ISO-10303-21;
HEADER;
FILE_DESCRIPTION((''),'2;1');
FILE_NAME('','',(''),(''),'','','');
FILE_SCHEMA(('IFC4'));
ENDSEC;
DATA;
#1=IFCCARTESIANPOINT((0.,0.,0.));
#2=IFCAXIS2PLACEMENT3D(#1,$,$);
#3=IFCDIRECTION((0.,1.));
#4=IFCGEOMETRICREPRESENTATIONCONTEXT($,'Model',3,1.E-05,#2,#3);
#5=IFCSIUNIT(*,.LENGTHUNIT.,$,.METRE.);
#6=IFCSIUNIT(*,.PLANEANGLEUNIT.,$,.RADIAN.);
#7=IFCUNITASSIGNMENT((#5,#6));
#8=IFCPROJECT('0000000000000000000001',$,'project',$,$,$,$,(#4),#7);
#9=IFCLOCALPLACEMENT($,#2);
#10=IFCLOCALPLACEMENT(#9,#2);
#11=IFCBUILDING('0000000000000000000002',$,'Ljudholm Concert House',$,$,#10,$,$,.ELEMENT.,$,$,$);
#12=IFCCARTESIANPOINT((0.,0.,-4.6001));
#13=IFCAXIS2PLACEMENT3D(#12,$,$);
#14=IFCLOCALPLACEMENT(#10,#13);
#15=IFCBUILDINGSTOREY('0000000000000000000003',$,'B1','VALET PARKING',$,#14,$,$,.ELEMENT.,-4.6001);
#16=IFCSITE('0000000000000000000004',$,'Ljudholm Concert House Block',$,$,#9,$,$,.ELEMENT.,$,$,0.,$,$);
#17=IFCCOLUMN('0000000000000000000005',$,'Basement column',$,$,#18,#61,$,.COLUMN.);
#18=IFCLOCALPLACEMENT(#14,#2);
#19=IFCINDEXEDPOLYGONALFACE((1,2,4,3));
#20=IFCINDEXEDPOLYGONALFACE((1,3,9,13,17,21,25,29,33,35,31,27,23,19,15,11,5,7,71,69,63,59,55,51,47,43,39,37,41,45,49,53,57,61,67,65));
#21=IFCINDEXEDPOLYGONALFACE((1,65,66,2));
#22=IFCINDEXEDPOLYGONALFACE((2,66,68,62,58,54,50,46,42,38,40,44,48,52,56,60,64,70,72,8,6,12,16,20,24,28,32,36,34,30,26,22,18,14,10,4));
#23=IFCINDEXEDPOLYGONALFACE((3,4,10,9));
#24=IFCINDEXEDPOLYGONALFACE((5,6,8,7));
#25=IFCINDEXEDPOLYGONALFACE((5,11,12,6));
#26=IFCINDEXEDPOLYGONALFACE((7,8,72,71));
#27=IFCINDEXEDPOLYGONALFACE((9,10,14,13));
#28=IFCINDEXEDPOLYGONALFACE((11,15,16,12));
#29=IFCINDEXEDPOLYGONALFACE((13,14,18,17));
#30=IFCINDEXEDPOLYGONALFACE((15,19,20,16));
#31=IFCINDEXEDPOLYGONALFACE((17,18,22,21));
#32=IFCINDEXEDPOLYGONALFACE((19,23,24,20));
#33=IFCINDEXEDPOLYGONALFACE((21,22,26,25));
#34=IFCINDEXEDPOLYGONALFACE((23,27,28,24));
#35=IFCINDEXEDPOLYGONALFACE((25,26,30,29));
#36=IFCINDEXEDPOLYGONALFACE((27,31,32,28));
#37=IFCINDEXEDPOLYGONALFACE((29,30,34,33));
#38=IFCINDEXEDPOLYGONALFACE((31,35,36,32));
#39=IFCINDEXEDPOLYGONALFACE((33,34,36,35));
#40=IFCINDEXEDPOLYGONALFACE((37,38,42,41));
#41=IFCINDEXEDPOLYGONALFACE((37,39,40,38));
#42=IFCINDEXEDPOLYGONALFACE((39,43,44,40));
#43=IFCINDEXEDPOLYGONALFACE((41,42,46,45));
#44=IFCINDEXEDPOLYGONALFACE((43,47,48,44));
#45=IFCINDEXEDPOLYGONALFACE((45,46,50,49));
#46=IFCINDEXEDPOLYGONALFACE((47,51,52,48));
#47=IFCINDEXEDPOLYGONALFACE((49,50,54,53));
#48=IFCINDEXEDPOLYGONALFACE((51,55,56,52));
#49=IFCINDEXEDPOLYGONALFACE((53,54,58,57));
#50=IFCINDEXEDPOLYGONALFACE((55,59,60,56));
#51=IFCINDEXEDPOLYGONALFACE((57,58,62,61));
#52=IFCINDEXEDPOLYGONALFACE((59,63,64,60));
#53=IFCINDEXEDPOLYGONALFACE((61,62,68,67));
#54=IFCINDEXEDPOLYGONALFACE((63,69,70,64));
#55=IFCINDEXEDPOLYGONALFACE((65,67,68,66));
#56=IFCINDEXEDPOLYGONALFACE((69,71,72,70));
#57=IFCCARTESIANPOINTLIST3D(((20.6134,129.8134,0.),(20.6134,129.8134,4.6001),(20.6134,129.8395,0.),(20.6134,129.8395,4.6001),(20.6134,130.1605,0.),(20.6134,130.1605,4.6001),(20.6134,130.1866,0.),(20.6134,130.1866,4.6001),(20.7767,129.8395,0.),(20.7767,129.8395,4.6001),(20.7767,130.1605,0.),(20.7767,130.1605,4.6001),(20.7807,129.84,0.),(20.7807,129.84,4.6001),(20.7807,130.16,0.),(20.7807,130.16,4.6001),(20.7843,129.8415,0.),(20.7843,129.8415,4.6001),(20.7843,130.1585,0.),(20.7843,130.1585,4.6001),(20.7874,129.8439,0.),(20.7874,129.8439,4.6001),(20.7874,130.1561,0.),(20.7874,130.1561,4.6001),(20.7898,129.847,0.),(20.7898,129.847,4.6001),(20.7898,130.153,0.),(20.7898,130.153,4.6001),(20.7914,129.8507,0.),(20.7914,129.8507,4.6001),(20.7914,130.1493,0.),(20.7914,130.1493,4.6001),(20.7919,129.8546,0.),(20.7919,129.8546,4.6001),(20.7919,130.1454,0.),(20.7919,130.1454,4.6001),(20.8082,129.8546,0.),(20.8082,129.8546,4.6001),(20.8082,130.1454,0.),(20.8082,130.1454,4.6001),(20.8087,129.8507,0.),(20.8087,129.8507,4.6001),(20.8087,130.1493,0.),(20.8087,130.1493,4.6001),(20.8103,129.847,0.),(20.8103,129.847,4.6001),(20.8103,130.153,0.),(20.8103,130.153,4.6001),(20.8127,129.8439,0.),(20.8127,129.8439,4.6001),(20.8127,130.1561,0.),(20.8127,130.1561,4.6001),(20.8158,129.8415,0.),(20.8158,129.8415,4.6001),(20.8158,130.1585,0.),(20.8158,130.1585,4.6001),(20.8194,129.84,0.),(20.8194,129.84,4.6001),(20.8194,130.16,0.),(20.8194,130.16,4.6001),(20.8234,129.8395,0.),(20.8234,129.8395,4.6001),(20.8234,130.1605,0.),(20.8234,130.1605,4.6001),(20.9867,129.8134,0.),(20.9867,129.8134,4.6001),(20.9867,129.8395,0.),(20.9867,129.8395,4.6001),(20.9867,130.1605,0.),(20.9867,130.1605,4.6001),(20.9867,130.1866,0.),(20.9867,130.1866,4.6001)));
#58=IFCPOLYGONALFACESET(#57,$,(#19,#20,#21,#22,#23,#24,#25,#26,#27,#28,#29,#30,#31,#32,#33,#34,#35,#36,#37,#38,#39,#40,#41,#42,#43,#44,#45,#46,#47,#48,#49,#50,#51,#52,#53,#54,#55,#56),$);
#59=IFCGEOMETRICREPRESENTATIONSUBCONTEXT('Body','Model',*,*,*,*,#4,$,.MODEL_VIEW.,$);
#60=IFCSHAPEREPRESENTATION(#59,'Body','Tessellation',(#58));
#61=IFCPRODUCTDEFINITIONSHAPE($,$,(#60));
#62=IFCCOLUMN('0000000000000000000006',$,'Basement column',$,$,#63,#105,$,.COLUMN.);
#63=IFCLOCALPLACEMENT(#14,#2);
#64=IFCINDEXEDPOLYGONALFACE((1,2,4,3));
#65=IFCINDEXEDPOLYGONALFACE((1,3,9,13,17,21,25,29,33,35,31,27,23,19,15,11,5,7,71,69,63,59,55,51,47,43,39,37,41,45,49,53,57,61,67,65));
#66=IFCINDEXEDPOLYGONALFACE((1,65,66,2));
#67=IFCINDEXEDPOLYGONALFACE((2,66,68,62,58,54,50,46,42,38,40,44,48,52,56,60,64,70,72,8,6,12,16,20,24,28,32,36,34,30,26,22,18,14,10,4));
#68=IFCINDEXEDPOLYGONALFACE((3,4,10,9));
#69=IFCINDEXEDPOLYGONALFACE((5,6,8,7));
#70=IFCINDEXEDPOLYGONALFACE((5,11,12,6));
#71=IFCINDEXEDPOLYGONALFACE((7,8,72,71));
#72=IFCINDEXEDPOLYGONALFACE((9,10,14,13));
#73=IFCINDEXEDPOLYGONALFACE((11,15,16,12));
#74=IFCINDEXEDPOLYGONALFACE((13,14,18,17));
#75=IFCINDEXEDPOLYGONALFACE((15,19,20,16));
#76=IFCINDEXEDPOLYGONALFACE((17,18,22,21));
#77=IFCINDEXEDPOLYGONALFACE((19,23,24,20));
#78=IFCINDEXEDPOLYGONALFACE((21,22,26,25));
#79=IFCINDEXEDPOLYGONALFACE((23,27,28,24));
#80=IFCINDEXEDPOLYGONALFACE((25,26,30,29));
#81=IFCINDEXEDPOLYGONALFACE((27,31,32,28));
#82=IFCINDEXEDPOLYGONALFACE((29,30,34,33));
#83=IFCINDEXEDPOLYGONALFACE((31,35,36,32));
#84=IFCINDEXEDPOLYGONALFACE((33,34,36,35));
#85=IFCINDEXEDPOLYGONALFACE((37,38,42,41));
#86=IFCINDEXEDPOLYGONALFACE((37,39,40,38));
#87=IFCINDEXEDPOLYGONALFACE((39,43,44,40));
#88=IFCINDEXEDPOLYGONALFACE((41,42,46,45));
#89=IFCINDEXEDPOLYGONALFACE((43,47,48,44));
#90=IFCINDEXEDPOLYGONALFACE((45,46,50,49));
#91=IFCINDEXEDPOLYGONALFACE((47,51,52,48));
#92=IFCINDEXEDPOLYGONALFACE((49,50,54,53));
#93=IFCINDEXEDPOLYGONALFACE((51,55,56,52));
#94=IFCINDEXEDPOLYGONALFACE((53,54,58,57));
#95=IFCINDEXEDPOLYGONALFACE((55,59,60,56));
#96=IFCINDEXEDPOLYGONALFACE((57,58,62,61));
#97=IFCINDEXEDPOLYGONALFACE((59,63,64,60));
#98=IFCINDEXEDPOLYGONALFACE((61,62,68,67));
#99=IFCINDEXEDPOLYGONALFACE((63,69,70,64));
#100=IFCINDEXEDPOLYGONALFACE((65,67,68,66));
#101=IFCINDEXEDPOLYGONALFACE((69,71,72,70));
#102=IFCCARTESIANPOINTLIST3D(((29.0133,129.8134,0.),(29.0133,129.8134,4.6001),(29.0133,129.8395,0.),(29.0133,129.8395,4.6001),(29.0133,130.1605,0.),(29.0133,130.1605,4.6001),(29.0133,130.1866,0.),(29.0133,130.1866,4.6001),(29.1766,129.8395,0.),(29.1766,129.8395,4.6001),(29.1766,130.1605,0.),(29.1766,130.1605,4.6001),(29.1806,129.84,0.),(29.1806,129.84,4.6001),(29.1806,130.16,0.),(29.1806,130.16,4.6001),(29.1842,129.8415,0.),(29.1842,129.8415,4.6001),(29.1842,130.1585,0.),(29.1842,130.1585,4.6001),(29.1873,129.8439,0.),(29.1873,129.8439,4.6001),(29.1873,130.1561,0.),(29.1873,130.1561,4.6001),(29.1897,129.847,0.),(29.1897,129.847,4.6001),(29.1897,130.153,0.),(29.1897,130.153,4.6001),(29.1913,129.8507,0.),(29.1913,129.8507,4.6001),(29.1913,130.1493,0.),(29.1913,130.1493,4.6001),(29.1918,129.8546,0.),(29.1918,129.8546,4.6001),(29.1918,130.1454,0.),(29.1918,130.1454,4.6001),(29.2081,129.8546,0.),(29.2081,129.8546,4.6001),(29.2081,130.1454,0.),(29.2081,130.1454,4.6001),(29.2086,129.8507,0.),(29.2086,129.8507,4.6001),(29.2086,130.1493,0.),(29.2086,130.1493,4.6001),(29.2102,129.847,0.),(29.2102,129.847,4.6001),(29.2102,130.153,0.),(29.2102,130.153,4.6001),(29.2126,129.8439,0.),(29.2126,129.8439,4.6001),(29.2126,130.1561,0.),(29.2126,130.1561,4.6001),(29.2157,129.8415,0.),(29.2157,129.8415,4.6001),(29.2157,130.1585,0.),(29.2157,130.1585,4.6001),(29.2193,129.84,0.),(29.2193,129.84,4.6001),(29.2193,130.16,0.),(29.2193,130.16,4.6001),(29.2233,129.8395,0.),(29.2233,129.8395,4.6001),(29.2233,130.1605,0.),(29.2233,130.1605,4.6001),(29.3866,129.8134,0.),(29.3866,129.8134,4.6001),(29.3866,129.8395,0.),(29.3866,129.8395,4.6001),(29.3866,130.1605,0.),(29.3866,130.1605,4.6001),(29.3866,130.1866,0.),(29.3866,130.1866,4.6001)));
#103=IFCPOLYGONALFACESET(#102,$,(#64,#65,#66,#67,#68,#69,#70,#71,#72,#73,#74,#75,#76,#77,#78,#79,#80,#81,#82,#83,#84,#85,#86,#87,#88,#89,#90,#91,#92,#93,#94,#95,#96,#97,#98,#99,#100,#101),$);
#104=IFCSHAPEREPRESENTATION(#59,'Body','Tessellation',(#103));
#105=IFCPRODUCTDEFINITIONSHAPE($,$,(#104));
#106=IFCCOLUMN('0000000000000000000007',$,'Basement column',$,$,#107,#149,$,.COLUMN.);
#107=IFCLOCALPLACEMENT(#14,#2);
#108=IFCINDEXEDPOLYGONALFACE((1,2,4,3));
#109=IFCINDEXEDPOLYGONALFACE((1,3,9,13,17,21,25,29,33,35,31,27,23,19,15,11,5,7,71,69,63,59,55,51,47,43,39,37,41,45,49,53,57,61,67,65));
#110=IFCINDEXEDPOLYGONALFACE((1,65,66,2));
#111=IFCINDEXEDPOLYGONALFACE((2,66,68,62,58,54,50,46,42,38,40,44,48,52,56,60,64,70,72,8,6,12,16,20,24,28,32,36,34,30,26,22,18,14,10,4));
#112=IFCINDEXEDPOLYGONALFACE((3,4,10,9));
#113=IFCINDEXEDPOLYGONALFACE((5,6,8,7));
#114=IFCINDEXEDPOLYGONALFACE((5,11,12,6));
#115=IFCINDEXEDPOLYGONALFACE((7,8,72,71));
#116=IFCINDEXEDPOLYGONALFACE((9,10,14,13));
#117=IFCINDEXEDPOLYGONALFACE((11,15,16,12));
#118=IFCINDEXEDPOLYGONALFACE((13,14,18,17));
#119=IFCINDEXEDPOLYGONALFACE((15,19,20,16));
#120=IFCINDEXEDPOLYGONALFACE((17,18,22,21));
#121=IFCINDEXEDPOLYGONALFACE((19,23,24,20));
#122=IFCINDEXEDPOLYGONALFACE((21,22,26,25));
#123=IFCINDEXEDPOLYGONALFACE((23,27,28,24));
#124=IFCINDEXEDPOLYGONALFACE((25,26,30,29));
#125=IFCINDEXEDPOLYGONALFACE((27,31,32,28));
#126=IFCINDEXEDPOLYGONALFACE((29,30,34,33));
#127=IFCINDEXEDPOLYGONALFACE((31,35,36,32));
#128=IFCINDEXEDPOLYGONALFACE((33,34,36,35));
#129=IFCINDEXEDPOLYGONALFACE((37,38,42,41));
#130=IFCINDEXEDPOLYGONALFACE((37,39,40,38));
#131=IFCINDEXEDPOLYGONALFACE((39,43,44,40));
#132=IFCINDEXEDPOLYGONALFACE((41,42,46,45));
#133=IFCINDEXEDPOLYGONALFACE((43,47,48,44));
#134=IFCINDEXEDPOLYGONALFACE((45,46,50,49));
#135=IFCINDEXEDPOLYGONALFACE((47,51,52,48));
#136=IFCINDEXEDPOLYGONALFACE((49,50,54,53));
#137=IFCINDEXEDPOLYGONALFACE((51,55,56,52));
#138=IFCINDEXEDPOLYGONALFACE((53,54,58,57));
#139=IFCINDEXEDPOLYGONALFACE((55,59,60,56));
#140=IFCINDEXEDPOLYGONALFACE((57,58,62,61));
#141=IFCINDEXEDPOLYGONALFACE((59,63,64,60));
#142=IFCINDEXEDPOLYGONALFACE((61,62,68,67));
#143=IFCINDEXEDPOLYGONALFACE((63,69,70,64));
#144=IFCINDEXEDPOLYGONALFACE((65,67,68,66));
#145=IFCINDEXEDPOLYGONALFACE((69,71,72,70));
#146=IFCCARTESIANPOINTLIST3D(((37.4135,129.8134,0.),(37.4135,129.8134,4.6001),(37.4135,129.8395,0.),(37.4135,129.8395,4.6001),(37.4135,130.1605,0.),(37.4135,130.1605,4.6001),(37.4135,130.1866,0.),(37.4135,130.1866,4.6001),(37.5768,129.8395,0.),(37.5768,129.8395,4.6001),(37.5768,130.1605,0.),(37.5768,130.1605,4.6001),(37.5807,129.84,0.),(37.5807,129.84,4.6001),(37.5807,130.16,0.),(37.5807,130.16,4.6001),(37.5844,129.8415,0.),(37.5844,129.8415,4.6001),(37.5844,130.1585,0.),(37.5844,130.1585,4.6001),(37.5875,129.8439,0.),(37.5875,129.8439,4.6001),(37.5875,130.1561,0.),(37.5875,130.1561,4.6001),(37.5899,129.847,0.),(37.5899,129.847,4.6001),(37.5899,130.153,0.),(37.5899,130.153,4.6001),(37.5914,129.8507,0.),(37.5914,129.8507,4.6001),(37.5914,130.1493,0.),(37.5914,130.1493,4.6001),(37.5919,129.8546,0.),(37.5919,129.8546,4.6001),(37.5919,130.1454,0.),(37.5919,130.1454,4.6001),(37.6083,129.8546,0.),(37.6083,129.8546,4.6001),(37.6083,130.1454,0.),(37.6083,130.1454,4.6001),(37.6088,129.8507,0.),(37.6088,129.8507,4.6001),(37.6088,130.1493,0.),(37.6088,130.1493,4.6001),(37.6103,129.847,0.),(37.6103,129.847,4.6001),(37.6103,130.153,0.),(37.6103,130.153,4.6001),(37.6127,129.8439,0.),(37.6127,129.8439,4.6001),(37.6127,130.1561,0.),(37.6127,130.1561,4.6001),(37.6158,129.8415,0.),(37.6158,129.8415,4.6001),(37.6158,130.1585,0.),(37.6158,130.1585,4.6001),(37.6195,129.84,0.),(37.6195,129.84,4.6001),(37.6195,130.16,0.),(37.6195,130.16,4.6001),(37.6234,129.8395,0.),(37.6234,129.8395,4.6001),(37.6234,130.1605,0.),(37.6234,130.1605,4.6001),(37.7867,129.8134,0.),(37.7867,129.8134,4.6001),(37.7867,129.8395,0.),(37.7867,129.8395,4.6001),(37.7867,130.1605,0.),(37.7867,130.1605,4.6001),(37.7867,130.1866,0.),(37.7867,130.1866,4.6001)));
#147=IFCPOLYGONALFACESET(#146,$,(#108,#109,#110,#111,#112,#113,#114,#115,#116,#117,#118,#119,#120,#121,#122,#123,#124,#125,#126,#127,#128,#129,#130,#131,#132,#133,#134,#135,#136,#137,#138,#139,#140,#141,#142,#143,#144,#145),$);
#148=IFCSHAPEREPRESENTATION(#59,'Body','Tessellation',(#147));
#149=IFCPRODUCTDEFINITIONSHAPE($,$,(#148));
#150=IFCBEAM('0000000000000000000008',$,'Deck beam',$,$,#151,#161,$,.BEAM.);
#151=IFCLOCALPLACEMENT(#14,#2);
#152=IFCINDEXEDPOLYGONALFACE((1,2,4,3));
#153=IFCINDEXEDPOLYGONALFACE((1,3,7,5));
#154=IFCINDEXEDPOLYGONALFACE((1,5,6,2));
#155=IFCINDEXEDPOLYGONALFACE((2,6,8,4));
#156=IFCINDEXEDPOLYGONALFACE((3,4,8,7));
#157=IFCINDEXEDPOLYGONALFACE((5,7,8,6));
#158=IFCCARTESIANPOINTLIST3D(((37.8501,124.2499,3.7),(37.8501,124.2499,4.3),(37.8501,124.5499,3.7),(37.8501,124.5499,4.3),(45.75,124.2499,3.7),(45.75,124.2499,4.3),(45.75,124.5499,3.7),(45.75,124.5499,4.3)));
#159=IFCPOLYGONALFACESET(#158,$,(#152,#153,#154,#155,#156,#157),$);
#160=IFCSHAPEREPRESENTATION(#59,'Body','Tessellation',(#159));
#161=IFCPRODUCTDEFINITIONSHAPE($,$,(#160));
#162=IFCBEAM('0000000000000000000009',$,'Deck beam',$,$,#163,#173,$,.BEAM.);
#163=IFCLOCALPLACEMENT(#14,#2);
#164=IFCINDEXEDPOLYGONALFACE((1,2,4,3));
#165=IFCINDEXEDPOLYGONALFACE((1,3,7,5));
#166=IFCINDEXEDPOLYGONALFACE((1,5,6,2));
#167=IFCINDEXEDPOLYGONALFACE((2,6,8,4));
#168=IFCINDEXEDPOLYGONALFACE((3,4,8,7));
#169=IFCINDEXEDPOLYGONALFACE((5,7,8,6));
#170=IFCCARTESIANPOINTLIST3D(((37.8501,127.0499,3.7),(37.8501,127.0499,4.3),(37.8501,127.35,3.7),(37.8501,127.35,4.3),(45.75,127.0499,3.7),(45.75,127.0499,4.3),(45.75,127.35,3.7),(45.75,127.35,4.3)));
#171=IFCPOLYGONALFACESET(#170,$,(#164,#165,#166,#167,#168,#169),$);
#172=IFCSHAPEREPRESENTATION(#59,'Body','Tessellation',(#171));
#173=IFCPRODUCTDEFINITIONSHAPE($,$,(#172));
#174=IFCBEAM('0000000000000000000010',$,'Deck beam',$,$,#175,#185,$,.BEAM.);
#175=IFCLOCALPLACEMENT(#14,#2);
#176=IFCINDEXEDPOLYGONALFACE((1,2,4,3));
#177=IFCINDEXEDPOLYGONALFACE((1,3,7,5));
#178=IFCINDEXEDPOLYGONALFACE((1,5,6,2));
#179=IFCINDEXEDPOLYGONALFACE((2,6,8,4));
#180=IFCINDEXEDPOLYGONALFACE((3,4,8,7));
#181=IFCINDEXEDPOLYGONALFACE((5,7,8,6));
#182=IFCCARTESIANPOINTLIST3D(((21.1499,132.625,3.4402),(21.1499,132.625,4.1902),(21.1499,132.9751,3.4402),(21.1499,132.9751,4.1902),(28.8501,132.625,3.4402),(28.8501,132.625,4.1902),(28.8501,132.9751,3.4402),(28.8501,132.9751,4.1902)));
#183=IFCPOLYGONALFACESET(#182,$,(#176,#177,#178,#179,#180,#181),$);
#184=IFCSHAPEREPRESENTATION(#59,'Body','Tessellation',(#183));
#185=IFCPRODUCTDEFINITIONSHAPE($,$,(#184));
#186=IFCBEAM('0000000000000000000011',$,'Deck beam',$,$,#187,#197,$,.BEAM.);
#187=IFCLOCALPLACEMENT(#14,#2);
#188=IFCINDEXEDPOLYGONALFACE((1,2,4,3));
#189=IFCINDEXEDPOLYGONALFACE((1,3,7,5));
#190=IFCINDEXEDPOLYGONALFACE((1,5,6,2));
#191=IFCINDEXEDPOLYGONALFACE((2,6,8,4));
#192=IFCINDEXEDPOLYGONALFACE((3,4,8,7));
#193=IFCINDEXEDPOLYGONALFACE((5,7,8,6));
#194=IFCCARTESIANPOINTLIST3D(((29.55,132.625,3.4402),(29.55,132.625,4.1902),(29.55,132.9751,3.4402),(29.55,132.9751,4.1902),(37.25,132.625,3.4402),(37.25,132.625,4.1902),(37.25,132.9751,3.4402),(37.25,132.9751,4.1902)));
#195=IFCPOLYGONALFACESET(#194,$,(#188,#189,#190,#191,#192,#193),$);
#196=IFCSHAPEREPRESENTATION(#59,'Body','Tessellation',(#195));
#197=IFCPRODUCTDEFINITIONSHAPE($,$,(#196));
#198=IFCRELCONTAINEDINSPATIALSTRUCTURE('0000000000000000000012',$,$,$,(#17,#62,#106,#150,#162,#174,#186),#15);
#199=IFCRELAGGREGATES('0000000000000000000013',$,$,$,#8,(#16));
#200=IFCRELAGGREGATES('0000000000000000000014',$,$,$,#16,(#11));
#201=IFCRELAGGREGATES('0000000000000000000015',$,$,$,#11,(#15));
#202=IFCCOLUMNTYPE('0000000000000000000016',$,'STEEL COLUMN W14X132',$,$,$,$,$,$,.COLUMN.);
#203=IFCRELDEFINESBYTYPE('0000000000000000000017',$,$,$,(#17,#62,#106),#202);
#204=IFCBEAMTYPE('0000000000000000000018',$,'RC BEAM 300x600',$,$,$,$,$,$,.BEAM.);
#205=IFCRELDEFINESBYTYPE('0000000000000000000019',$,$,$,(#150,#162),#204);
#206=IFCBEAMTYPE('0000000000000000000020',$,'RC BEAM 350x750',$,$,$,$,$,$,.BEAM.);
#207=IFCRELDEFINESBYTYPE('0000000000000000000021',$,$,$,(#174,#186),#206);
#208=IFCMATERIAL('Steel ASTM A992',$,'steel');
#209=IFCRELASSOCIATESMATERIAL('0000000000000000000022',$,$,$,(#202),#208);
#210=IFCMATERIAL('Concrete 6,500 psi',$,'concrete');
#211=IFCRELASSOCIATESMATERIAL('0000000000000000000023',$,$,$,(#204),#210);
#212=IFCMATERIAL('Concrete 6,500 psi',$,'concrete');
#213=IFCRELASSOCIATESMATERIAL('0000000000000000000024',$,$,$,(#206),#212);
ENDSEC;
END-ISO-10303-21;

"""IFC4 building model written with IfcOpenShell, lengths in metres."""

from ifc_helpers import new_model, si_unit, direction, frame, origin, origin_2d, place, context, subcontext, project, spatial, rectangle, i_section, extrude, material, material_profile, profile_set, type_object, element, save


model = new_model("IFC4")

# Units and contexts
model_context = context("Model", 3, precision=1e-05, world=origin(), true_north=direction((0.0, 1.0)))
body_context = subcontext(model_context, "Body", "Model", "MODEL_VIEW")
ifc_project = project(units=[si_unit("LENGTHUNIT", "METRE"), si_unit("PLANEANGLEUNIT", "RADIAN")], contexts=[model_context])

# Site, building, storey
site_placement = place(None, origin())
site = spatial("IfcSite", under=ifc_project, at=site_placement, Name="Ljudholm Concert House Block", CompositionType="ELEMENT", RefElevation=0.0)
building_placement = place(site_placement, origin())
building = spatial("IfcBuilding", under=site, at=building_placement, Name="Ljudholm Concert House", CompositionType="ELEMENT")
storey_placement = place(building_placement, frame((0.0, 0.0, -4.6001)))
storey = spatial("IfcBuildingStorey", under=building, at=storey_placement, Name="B1", Description="VALET PARKING", CompositionType="ELEMENT", Elevation=-4.6001)

# Columns
ifc_material_1 = material(Name="Steel ASTM A992", Category="steel")
ifc_material_profile_1 = material_profile(ifc_material_1, i_section(OverallWidth=0.3733, OverallDepth=0.3733, WebThickness=0.0164, FlangeThickness=0.0261, FilletRadius=0.0151, at=origin_2d()), Name="W14X132")
ifc_profile_set_1 = profile_set([ifc_material_profile_1], Name="Steel ASTM A992")
column_type = type_object("IfcColumnType", Name="STEEL COLUMN W14X132", PredefinedType="COLUMN", material=ifc_profile_set_1)
for number, where, z_axis, x_axis, name in (
    (1, (20.8, 130.0, 0.0), (0.0, 0.0, 1.0), (1.0, 0.0, 0.0), "Basement column"),
    (2, (29.2, 130.0, 0.0), (0.0, 0.0, 1.0), (1.0, 0.0, 0.0), "Basement column"),
    (3, (37.6001, 130.0, 0.0), (0.0, 0.0, 1.0), (1.0, 0.0, 0.0), "Basement column"),
):
    element("IfcColumn", number, at=place(storey_placement, frame(where, z_axis=z_axis, x_axis=x_axis)), inside=storey, type_object=column_type, Name=name, PredefinedType="COLUMN", context=body_context, shape_type="SweptSolid", body=[
        extrude(i_section(OverallWidth=0.3733, OverallDepth=0.3733, WebThickness=0.0164, FlangeThickness=0.0261, FilletRadius=0.0151, at=origin_2d()), origin(), (0.0, 0.0, 1.0), 4.6001),
    ])

# Beams
ifc_material_2 = material(Name="Concrete 6,500 psi", Category="concrete")
ifc_material_profile_2 = material_profile(ifc_material_2, rectangle(XDim=0.3, YDim=0.6001, at=origin_2d()), Name="RC BEAM 300x600")
ifc_profile_set_2 = profile_set([ifc_material_profile_2], Name="Concrete 6,500 psi")
beam_type_1 = type_object("IfcBeamType", Name="RC BEAM 300x600", PredefinedType="BEAM", material=ifc_profile_set_2)
for number, where, z_axis, x_axis, name in (
    (4, (37.8501, 124.3999, 4.0), (1.0, 0.0, 0.0), (0.0, 1.0, 0.0), "Deck beam"),
    (5, (37.8501, 127.2, 4.0), (1.0, 0.0, 0.0), (0.0, 1.0, 0.0), "Deck beam"),
):
    element("IfcBeam", number, at=place(storey_placement, frame(where, z_axis=z_axis, x_axis=x_axis)), inside=storey, type_object=beam_type_1, Name=name, PredefinedType="BEAM", context=body_context, shape_type="SweptSolid", body=[
        extrude(rectangle(XDim=0.3, YDim=0.6001, at=origin_2d()), origin(), (0.0, 0.0, 1.0), 7.8999),
    ])
ifc_material_3 = material(Name="Concrete 6,500 psi", Category="concrete")
ifc_material_profile_3 = material_profile(ifc_material_3, rectangle(XDim=0.3501, YDim=0.75, at=origin_2d()), Name="RC BEAM 350x750")
ifc_profile_set_3 = profile_set([ifc_material_profile_3], Name="Concrete 6,500 psi")
beam_type_2 = type_object("IfcBeamType", Name="RC BEAM 350x750", PredefinedType="BEAM", material=ifc_profile_set_3)
beam_1_placement = place(storey_placement, frame((21.1499, 132.8, 3.8152), z_axis=(1.0, 0.0, 0.0), x_axis=(0.0, 1.0, 0.0)))
element("IfcBeam", 6, at=beam_1_placement, inside=storey, type_object=beam_type_2, Name="Deck beam", PredefinedType="BEAM", context=body_context, shape_type="SweptSolid", body=[
    extrude(rectangle(XDim=0.3501, YDim=0.75, at=origin_2d()), origin(), (0.0, 0.0, 1.0), 7.7002),
])
for number, where, z_axis, x_axis, name in (
    (7, (29.55, 132.8, 3.8152), (1.0, 0.0, 0.0), (0.0, 1.0, 0.0), "Deck beam"),
):
    element("IfcBeam", number, at=place(storey_placement, frame(where, z_axis=z_axis, x_axis=x_axis)), inside=storey, type_object=beam_type_2, Name=name, PredefinedType="BEAM", context=body_context, shape_type="SweptSolid", body=[
        extrude(rectangle(XDim=0.3501, YDim=0.75, at=origin_2d()), origin(), (0.0, 0.0, 1.0), 7.7),
    ])

save(model, "model.ifc")
